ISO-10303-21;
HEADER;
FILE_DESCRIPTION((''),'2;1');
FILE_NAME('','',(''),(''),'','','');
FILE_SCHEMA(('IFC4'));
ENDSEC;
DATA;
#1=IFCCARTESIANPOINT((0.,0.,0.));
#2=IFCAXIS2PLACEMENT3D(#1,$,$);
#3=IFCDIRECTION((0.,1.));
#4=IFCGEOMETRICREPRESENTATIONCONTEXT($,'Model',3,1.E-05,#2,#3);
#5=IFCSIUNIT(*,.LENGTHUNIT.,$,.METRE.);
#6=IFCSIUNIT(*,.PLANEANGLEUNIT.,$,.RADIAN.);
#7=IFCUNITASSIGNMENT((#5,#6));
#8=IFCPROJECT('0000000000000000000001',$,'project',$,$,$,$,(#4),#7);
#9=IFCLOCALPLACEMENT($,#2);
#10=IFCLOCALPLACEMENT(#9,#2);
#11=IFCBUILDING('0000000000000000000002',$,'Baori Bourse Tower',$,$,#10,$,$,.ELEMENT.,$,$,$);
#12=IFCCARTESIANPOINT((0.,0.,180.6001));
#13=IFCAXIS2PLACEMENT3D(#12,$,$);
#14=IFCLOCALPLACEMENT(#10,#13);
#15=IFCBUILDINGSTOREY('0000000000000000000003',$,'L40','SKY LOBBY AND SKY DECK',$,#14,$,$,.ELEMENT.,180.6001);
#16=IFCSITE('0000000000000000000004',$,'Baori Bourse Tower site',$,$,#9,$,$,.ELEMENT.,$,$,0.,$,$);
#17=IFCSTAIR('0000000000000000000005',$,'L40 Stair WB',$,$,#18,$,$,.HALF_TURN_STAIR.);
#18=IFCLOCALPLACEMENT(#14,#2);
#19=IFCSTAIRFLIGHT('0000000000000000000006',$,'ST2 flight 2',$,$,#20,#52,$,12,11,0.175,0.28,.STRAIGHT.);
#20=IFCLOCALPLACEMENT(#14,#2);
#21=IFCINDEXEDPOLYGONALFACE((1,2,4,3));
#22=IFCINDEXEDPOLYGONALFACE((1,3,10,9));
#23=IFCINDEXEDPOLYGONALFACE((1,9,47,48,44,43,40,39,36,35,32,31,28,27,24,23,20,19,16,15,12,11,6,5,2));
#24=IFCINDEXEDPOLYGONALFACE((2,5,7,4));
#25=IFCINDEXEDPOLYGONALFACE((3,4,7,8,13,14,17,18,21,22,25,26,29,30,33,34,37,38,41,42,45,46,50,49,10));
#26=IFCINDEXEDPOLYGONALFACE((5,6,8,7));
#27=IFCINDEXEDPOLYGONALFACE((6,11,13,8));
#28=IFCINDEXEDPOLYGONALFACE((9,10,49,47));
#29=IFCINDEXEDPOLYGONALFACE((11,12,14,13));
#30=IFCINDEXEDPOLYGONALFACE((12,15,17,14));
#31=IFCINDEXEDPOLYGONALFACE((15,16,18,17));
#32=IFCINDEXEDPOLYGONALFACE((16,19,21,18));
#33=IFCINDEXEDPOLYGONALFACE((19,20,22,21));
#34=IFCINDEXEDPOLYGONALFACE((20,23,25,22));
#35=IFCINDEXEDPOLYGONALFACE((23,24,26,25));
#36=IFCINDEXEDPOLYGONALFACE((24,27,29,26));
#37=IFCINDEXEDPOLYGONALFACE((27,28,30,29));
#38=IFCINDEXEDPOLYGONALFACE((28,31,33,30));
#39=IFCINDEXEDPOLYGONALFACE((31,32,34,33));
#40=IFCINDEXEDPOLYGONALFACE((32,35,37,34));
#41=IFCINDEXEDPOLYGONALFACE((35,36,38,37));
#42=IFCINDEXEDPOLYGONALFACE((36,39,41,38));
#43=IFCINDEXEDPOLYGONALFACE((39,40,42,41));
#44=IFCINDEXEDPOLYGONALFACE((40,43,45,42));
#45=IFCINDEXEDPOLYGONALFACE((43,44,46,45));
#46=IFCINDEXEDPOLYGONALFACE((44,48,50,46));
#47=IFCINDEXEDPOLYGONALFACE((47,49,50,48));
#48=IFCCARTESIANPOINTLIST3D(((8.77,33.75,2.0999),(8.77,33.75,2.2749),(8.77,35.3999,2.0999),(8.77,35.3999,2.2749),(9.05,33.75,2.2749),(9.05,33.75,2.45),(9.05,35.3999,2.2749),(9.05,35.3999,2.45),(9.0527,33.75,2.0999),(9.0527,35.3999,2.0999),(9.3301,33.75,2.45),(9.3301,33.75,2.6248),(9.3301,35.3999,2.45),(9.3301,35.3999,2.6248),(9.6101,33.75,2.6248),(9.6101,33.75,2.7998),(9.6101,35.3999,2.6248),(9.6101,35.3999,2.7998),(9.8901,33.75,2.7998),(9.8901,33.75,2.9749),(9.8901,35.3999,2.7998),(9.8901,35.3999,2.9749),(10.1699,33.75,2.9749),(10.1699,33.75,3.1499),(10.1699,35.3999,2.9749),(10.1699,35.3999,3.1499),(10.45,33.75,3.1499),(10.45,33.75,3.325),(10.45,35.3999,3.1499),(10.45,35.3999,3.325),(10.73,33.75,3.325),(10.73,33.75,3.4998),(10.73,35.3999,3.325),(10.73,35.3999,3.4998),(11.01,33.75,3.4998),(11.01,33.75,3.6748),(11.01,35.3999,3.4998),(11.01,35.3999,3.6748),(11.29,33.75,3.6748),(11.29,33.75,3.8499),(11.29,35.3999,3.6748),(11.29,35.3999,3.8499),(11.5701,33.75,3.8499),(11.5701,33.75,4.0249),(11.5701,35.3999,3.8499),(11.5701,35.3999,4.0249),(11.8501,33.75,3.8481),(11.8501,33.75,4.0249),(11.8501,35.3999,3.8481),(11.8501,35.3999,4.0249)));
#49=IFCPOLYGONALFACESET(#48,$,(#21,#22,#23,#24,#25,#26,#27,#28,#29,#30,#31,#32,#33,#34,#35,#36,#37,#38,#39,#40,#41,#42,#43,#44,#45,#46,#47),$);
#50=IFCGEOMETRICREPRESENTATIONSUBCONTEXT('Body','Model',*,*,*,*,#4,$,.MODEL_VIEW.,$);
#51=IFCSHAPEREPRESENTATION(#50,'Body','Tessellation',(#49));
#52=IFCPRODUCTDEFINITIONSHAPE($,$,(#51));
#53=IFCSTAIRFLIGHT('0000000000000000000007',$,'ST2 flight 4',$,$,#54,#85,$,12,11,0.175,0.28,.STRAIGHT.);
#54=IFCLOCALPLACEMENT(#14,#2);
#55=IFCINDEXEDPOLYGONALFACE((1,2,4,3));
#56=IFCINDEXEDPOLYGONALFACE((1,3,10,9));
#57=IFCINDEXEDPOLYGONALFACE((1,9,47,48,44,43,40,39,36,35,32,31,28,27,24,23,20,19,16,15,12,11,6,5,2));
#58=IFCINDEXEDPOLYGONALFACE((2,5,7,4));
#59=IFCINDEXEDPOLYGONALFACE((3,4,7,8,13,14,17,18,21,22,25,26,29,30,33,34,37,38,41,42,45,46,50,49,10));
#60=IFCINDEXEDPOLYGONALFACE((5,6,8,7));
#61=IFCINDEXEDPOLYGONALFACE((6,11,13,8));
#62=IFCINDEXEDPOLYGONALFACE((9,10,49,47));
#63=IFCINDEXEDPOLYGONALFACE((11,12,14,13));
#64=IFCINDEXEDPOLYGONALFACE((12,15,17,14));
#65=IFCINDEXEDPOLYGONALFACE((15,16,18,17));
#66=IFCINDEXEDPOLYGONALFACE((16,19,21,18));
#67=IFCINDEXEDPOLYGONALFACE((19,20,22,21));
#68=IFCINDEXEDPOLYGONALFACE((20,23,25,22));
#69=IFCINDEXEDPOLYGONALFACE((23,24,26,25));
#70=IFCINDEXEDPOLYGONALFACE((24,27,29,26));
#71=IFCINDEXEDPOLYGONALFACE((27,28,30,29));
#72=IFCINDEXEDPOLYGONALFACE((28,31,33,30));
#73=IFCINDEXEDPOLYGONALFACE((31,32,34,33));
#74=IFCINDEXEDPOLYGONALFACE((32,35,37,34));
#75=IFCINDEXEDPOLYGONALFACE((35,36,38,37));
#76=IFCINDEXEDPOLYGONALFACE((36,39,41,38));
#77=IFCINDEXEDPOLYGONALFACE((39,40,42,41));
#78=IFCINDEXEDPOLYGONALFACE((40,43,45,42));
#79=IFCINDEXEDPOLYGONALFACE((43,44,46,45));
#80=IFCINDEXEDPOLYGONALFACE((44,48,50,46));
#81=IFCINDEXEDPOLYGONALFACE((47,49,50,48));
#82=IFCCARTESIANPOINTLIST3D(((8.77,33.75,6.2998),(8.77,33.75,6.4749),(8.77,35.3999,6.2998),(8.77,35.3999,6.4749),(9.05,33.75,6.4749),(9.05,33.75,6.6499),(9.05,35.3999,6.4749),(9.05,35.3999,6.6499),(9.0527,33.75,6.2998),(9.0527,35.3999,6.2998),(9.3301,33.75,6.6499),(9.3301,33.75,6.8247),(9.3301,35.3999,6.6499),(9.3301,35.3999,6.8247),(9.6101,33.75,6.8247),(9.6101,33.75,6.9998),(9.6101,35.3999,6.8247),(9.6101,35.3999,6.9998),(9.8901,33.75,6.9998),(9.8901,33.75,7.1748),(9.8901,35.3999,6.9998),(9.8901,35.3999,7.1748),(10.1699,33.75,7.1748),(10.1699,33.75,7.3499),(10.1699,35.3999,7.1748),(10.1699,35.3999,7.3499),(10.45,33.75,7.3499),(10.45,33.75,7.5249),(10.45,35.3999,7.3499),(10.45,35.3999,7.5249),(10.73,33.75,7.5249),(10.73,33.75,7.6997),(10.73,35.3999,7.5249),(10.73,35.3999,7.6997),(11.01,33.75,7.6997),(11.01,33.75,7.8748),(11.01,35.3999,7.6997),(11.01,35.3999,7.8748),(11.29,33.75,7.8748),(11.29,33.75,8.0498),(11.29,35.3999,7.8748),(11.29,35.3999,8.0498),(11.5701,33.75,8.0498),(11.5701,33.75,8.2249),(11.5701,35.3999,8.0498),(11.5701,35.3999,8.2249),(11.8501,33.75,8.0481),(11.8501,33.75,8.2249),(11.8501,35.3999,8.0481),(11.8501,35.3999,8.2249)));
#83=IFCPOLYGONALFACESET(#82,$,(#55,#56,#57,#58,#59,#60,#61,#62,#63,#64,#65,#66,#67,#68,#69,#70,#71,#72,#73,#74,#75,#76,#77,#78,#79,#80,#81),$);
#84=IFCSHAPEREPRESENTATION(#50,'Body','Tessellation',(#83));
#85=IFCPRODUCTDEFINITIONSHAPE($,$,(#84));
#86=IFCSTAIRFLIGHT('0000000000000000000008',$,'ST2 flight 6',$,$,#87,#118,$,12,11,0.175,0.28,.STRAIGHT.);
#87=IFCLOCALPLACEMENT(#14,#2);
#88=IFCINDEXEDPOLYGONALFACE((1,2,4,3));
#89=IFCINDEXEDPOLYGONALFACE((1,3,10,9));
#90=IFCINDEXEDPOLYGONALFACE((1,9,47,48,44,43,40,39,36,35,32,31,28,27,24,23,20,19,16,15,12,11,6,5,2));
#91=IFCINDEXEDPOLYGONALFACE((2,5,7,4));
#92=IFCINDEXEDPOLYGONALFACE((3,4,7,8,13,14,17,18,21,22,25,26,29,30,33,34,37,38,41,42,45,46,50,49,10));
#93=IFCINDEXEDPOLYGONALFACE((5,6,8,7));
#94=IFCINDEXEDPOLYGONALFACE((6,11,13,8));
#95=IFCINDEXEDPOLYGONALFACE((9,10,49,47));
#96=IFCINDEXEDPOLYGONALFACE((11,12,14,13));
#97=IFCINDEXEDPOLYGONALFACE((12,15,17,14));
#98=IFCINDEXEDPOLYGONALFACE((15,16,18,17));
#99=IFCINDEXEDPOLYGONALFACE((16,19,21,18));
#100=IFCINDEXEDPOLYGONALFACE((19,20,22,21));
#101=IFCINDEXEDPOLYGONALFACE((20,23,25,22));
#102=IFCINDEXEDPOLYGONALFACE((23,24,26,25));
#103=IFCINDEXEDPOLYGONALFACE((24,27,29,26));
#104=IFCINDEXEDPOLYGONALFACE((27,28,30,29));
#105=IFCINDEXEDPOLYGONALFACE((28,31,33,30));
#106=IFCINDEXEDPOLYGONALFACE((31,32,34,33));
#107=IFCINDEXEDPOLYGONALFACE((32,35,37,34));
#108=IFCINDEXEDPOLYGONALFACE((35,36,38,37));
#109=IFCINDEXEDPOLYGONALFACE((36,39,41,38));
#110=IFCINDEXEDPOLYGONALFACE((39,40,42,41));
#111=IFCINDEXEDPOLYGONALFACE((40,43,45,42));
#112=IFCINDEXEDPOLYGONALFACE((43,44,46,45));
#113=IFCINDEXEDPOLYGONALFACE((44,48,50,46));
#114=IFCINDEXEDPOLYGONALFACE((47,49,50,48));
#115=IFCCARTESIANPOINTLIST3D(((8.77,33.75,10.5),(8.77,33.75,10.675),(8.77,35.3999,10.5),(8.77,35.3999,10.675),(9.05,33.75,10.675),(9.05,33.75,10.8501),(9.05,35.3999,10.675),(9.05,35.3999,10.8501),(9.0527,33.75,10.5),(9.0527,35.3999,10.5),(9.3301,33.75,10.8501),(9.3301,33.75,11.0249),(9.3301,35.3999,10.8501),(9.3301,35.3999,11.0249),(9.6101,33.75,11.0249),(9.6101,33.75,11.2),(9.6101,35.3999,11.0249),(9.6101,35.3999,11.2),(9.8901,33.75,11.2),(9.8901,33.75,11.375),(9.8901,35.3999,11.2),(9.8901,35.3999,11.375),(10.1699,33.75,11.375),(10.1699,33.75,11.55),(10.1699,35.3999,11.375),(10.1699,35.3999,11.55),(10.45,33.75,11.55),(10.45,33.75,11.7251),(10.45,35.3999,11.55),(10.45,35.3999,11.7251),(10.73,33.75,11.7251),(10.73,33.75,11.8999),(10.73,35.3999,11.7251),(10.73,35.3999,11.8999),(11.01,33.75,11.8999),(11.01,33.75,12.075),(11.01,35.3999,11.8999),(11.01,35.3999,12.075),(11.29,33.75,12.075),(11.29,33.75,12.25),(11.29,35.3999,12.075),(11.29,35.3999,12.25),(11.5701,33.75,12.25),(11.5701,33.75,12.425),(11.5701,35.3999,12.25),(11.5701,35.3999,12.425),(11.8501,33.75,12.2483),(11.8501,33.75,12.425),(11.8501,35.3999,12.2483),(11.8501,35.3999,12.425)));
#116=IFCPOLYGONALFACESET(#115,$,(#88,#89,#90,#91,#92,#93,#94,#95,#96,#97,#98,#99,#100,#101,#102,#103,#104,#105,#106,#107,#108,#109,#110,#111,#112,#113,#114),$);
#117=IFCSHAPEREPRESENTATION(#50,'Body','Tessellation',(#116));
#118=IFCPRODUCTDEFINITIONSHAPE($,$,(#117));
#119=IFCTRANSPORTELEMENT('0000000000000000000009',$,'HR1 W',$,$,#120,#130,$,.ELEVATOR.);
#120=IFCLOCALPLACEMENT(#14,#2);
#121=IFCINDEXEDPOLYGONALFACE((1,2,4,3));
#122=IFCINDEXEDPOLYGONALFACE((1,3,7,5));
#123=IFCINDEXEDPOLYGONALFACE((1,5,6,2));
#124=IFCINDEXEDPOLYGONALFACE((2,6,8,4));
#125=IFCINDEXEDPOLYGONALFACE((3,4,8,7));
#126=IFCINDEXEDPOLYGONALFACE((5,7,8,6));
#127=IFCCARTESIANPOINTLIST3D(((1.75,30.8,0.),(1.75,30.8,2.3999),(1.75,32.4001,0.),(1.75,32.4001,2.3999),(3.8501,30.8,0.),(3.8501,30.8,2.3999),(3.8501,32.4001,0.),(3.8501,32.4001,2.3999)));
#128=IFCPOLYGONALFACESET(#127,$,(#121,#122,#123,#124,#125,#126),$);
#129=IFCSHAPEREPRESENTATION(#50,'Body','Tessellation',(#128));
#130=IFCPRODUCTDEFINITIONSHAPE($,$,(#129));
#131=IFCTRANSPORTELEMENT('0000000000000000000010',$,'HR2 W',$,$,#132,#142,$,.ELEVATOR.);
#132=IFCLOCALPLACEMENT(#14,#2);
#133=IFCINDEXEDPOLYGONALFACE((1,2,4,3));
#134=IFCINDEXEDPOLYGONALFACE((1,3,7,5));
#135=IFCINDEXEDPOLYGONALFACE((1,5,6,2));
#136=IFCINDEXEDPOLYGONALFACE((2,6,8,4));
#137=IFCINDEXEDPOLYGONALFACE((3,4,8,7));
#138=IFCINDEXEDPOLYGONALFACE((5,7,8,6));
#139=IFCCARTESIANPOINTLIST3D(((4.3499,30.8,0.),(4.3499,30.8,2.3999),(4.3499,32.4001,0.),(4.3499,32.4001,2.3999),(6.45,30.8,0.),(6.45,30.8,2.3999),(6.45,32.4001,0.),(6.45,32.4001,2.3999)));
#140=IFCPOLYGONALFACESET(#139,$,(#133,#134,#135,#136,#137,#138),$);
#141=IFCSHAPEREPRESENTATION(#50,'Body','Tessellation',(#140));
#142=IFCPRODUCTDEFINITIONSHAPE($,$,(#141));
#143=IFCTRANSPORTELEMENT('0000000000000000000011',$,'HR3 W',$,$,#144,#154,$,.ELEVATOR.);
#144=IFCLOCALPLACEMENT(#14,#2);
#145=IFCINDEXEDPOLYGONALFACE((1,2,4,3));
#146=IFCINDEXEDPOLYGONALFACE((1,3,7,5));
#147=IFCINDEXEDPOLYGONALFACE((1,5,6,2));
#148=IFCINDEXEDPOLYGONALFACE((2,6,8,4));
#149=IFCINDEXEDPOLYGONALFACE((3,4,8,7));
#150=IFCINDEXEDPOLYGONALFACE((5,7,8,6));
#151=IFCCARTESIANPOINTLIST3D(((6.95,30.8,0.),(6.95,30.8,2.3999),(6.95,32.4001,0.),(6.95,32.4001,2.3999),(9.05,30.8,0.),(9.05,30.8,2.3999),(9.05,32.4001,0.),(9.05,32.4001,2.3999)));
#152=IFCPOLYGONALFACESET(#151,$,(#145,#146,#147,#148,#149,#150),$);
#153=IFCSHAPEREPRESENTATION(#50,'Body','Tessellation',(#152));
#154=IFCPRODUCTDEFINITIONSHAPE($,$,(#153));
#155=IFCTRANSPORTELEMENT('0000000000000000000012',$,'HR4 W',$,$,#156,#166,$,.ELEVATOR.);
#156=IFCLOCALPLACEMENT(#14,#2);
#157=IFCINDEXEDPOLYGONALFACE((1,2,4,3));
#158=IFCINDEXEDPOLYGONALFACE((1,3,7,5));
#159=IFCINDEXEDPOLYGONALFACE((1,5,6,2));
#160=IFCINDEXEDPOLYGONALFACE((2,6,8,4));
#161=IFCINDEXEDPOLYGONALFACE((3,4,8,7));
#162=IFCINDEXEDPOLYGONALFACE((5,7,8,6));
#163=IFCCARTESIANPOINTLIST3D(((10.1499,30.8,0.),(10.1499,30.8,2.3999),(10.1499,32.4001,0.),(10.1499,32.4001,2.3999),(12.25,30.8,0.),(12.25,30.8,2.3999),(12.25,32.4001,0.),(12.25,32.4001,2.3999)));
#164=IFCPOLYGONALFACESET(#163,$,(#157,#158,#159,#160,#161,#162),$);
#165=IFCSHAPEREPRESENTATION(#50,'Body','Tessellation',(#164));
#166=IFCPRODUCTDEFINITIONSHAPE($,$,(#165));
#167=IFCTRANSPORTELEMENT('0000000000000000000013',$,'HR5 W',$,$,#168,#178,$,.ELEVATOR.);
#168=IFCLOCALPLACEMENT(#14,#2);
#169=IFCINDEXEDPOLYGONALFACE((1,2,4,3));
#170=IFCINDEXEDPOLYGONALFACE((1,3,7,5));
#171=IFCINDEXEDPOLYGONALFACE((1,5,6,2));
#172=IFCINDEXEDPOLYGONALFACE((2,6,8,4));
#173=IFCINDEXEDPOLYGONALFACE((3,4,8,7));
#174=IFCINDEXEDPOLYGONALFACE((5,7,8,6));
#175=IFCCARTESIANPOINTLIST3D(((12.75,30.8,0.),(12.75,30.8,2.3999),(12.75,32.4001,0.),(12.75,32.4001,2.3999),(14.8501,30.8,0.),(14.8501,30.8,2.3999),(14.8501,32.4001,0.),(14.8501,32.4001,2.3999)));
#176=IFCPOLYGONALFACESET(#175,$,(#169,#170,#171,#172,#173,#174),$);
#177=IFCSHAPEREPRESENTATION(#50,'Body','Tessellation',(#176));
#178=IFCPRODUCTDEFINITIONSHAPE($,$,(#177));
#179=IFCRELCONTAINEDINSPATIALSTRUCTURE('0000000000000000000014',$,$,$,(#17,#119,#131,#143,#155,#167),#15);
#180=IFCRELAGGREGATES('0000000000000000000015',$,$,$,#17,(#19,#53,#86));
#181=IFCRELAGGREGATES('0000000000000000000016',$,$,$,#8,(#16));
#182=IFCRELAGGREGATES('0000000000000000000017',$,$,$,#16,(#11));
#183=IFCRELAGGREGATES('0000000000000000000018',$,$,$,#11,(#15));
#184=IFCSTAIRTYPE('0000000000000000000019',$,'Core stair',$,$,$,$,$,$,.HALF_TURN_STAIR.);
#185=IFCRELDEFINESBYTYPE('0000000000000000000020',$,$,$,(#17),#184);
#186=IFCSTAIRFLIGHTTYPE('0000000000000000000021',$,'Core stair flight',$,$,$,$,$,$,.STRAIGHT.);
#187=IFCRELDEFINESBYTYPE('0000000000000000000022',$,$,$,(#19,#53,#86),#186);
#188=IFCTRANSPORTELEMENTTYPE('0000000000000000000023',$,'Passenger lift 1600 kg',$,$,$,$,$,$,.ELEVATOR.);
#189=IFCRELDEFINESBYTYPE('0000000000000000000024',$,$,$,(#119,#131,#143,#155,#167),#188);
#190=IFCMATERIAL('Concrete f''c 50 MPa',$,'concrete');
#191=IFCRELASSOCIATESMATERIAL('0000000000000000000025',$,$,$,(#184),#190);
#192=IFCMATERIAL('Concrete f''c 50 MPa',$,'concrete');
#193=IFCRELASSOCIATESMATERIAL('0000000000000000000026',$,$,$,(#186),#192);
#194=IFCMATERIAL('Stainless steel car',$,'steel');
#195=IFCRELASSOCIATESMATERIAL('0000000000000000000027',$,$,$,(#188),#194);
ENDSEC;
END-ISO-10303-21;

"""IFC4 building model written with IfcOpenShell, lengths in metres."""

from ifc_helpers import new_model, si_unit, direction, frame, origin, origin_2d, place, context, subcontext, project, spatial, polyline, rectangle, outline, extrude, material, type_object, element, aggregate, save


model = new_model("IFC4")

# Units and contexts
model_context = context("Model", 3, precision=1e-05, world=origin(), true_north=direction((0.0, 1.0)))
body_context = subcontext(model_context, "Body", "Model", "MODEL_VIEW")
ifc_project = project(units=[si_unit("LENGTHUNIT", "METRE"), si_unit("PLANEANGLEUNIT", "RADIAN")], contexts=[model_context])

# Site, building, storey
site_placement = place(None, origin())
site = spatial("IfcSite", under=ifc_project, at=site_placement, Name="Baori Bourse Tower site", CompositionType="ELEMENT", RefElevation=0.0)
building_placement = place(site_placement, origin())
building = spatial("IfcBuilding", under=site, at=building_placement, Name="Baori Bourse Tower", CompositionType="ELEMENT")
storey_placement = place(building_placement, frame((0.0, 0.0, 180.6001)))
storey = spatial("IfcBuildingStorey", under=building, at=storey_placement, Name="L40", Description="SKY LOBBY AND SKY DECK", CompositionType="ELEMENT", Elevation=180.6001)

# Stair, stair flights
ifc_material_1 = material(Name="Concrete f'c 50 MPa", Category="concrete")
stair_type = type_object("IfcStairType", Name="Core stair", PredefinedType="HALF_TURN_STAIR", material=ifc_material_1)
stair_placement = place(storey_placement, origin())
stair = element("IfcStair", 1, at=stair_placement, inside=storey, type_object=stair_type, Name="L40 Stair WB", PredefinedType="HALF_TURN_STAIR")
ifc_material_2 = material(Name="Concrete f'c 50 MPa", Category="concrete")
stair_flight_type = type_object("IfcStairFlightType", Name="Core stair flight", PredefinedType="STRAIGHT", material=ifc_material_2)
stair_flight_1_placement = place(storey_placement, frame((8.77, 34.575, 2.0999), z_axis=(0.0, 0.0, 1.0), x_axis=(1.0, 0.0, 0.0)))
stair_flight_1 = element("IfcStairFlight", 2, at=stair_flight_1_placement, type_object=stair_flight_type, Name="ST2 flight 2", NumberOfRisers=12, NumberOfTreads=11, PredefinedType="STRAIGHT", RiserHeight=0.175, TreadLength=0.28, context=body_context, shape_type="SweptSolid", body=[
    extrude(outline(polyline([(0.0, 0.0), (0.0, 0.175), (0.28, 0.175), (0.28, 0.3501), (0.5601, 0.3501), (0.5601, 0.5249), (0.8401, 0.5249), (0.8401, 0.7), (1.1201, 0.7), (1.1201, 0.875), (1.3999, 0.875), (1.3999, 1.05), (1.6799, 1.05), (1.6799, 1.2251), (1.96, 1.2251), (1.96, 1.3999), (2.24, 1.3999), (2.24, 1.575), (2.52, 1.575), (2.52, 1.75), (2.8, 1.75), (2.8, 1.925), (3.0801, 1.925), (3.0801, 2.1001), (3.0801, 1.7483), (0.2827, 0.0), (0.0, 0.0)])), frame((0.0, 0.825, 0.0), z_axis=(0.0, -1.0, 0.0), x_axis=(1.0, 0.0, 0.0)), (0.0, 0.0, 1.0), 1.6499),
])
stair_flight_2_placement = place(storey_placement, frame((8.77, 34.575, 6.2998), z_axis=(0.0, 0.0, 1.0), x_axis=(1.0, 0.0, 0.0)))
stair_flight_2 = element("IfcStairFlight", 3, at=stair_flight_2_placement, type_object=stair_flight_type, Name="ST2 flight 4", NumberOfRisers=12, NumberOfTreads=11, PredefinedType="STRAIGHT", RiserHeight=0.175, TreadLength=0.28, context=body_context, shape_type="SweptSolid", body=[
    extrude(outline(polyline([(0.0, 0.0), (0.0, 0.175), (0.28, 0.175), (0.28, 0.3501), (0.5601, 0.3501), (0.5601, 0.5249), (0.8401, 0.5249), (0.8401, 0.7), (1.1201, 0.7), (1.1201, 0.875), (1.3999, 0.875), (1.3999, 1.05), (1.6799, 1.05), (1.6799, 1.2251), (1.96, 1.2251), (1.96, 1.3999), (2.24, 1.3999), (2.24, 1.575), (2.52, 1.575), (2.52, 1.75), (2.8, 1.75), (2.8, 1.925), (3.0801, 1.925), (3.0801, 2.1001), (3.0801, 1.7483), (0.2827, 0.0), (0.0, 0.0)])), frame((0.0, 0.825, 0.0), z_axis=(0.0, -1.0, 0.0), x_axis=(1.0, 0.0, 0.0)), (0.0, 0.0, 1.0), 1.6499),
])
stair_flight_3_placement = place(storey_placement, frame((8.77, 34.575, 10.5), z_axis=(0.0, 0.0, 1.0), x_axis=(1.0, 0.0, 0.0)))
stair_flight_3 = element("IfcStairFlight", 4, at=stair_flight_3_placement, type_object=stair_flight_type, Name="ST2 flight 6", NumberOfRisers=12, NumberOfTreads=11, PredefinedType="STRAIGHT", RiserHeight=0.175, TreadLength=0.28, context=body_context, shape_type="SweptSolid", body=[
    extrude(outline(polyline([(0.0, 0.0), (0.0, 0.175), (0.28, 0.175), (0.28, 0.3501), (0.5601, 0.3501), (0.5601, 0.5249), (0.8401, 0.5249), (0.8401, 0.7), (1.1201, 0.7), (1.1201, 0.875), (1.3999, 0.875), (1.3999, 1.05), (1.6799, 1.05), (1.6799, 1.2251), (1.96, 1.2251), (1.96, 1.3999), (2.24, 1.3999), (2.24, 1.575), (2.52, 1.575), (2.52, 1.75), (2.8, 1.75), (2.8, 1.925), (3.0801, 1.925), (3.0801, 2.1001), (3.0801, 1.7483), (0.2827, 0.0), (0.0, 0.0)])), frame((0.0, 0.825, 0.0), z_axis=(0.0, -1.0, 0.0), x_axis=(1.0, 0.0, 0.0)), (0.0, 0.0, 1.0), 1.6499),
])
aggregate(stair, [stair_flight_1, stair_flight_2, stair_flight_3])

# Transport elements
ifc_material_3 = material(Name="Stainless steel car", Category="steel")
transport_element_type = type_object("IfcTransportElementType", Name="Passenger lift 1600 kg", PredefinedType="ELEVATOR", material=ifc_material_3)
for number, where, z_axis, x_axis, name in (
    (5, (2.8, 31.6001, 0.0), (0.0, 0.0, 1.0), (1.0, 0.0, 0.0), "HR1 W"),
    (6, (5.3999, 31.6001, 0.0), (0.0, 0.0, 1.0), (1.0, 0.0, 0.0), "HR2 W"),
    (7, (8.0, 31.6001, 0.0), (0.0, 0.0, 1.0), (1.0, 0.0, 0.0), "HR3 W"),
    (8, (11.2, 31.6001, 0.0), (0.0, 0.0, 1.0), (1.0, 0.0, 0.0), "HR4 W"),
    (9, (13.8, 31.6001, 0.0), (0.0, 0.0, 1.0), (1.0, 0.0, 0.0), "HR5 W"),
):
    element("IfcTransportElement", number, at=place(storey_placement, frame(where, z_axis=z_axis, x_axis=x_axis)), inside=storey, type_object=transport_element_type, Name=name, PredefinedType="ELEVATOR", context=body_context, shape_type="SweptSolid", body=[
        extrude(rectangle(XDim=2.1001, YDim=1.6001, at=origin_2d()), origin(), (0.0, 0.0, 1.0), 2.3999),
    ])

save(model, "model.ifc")
